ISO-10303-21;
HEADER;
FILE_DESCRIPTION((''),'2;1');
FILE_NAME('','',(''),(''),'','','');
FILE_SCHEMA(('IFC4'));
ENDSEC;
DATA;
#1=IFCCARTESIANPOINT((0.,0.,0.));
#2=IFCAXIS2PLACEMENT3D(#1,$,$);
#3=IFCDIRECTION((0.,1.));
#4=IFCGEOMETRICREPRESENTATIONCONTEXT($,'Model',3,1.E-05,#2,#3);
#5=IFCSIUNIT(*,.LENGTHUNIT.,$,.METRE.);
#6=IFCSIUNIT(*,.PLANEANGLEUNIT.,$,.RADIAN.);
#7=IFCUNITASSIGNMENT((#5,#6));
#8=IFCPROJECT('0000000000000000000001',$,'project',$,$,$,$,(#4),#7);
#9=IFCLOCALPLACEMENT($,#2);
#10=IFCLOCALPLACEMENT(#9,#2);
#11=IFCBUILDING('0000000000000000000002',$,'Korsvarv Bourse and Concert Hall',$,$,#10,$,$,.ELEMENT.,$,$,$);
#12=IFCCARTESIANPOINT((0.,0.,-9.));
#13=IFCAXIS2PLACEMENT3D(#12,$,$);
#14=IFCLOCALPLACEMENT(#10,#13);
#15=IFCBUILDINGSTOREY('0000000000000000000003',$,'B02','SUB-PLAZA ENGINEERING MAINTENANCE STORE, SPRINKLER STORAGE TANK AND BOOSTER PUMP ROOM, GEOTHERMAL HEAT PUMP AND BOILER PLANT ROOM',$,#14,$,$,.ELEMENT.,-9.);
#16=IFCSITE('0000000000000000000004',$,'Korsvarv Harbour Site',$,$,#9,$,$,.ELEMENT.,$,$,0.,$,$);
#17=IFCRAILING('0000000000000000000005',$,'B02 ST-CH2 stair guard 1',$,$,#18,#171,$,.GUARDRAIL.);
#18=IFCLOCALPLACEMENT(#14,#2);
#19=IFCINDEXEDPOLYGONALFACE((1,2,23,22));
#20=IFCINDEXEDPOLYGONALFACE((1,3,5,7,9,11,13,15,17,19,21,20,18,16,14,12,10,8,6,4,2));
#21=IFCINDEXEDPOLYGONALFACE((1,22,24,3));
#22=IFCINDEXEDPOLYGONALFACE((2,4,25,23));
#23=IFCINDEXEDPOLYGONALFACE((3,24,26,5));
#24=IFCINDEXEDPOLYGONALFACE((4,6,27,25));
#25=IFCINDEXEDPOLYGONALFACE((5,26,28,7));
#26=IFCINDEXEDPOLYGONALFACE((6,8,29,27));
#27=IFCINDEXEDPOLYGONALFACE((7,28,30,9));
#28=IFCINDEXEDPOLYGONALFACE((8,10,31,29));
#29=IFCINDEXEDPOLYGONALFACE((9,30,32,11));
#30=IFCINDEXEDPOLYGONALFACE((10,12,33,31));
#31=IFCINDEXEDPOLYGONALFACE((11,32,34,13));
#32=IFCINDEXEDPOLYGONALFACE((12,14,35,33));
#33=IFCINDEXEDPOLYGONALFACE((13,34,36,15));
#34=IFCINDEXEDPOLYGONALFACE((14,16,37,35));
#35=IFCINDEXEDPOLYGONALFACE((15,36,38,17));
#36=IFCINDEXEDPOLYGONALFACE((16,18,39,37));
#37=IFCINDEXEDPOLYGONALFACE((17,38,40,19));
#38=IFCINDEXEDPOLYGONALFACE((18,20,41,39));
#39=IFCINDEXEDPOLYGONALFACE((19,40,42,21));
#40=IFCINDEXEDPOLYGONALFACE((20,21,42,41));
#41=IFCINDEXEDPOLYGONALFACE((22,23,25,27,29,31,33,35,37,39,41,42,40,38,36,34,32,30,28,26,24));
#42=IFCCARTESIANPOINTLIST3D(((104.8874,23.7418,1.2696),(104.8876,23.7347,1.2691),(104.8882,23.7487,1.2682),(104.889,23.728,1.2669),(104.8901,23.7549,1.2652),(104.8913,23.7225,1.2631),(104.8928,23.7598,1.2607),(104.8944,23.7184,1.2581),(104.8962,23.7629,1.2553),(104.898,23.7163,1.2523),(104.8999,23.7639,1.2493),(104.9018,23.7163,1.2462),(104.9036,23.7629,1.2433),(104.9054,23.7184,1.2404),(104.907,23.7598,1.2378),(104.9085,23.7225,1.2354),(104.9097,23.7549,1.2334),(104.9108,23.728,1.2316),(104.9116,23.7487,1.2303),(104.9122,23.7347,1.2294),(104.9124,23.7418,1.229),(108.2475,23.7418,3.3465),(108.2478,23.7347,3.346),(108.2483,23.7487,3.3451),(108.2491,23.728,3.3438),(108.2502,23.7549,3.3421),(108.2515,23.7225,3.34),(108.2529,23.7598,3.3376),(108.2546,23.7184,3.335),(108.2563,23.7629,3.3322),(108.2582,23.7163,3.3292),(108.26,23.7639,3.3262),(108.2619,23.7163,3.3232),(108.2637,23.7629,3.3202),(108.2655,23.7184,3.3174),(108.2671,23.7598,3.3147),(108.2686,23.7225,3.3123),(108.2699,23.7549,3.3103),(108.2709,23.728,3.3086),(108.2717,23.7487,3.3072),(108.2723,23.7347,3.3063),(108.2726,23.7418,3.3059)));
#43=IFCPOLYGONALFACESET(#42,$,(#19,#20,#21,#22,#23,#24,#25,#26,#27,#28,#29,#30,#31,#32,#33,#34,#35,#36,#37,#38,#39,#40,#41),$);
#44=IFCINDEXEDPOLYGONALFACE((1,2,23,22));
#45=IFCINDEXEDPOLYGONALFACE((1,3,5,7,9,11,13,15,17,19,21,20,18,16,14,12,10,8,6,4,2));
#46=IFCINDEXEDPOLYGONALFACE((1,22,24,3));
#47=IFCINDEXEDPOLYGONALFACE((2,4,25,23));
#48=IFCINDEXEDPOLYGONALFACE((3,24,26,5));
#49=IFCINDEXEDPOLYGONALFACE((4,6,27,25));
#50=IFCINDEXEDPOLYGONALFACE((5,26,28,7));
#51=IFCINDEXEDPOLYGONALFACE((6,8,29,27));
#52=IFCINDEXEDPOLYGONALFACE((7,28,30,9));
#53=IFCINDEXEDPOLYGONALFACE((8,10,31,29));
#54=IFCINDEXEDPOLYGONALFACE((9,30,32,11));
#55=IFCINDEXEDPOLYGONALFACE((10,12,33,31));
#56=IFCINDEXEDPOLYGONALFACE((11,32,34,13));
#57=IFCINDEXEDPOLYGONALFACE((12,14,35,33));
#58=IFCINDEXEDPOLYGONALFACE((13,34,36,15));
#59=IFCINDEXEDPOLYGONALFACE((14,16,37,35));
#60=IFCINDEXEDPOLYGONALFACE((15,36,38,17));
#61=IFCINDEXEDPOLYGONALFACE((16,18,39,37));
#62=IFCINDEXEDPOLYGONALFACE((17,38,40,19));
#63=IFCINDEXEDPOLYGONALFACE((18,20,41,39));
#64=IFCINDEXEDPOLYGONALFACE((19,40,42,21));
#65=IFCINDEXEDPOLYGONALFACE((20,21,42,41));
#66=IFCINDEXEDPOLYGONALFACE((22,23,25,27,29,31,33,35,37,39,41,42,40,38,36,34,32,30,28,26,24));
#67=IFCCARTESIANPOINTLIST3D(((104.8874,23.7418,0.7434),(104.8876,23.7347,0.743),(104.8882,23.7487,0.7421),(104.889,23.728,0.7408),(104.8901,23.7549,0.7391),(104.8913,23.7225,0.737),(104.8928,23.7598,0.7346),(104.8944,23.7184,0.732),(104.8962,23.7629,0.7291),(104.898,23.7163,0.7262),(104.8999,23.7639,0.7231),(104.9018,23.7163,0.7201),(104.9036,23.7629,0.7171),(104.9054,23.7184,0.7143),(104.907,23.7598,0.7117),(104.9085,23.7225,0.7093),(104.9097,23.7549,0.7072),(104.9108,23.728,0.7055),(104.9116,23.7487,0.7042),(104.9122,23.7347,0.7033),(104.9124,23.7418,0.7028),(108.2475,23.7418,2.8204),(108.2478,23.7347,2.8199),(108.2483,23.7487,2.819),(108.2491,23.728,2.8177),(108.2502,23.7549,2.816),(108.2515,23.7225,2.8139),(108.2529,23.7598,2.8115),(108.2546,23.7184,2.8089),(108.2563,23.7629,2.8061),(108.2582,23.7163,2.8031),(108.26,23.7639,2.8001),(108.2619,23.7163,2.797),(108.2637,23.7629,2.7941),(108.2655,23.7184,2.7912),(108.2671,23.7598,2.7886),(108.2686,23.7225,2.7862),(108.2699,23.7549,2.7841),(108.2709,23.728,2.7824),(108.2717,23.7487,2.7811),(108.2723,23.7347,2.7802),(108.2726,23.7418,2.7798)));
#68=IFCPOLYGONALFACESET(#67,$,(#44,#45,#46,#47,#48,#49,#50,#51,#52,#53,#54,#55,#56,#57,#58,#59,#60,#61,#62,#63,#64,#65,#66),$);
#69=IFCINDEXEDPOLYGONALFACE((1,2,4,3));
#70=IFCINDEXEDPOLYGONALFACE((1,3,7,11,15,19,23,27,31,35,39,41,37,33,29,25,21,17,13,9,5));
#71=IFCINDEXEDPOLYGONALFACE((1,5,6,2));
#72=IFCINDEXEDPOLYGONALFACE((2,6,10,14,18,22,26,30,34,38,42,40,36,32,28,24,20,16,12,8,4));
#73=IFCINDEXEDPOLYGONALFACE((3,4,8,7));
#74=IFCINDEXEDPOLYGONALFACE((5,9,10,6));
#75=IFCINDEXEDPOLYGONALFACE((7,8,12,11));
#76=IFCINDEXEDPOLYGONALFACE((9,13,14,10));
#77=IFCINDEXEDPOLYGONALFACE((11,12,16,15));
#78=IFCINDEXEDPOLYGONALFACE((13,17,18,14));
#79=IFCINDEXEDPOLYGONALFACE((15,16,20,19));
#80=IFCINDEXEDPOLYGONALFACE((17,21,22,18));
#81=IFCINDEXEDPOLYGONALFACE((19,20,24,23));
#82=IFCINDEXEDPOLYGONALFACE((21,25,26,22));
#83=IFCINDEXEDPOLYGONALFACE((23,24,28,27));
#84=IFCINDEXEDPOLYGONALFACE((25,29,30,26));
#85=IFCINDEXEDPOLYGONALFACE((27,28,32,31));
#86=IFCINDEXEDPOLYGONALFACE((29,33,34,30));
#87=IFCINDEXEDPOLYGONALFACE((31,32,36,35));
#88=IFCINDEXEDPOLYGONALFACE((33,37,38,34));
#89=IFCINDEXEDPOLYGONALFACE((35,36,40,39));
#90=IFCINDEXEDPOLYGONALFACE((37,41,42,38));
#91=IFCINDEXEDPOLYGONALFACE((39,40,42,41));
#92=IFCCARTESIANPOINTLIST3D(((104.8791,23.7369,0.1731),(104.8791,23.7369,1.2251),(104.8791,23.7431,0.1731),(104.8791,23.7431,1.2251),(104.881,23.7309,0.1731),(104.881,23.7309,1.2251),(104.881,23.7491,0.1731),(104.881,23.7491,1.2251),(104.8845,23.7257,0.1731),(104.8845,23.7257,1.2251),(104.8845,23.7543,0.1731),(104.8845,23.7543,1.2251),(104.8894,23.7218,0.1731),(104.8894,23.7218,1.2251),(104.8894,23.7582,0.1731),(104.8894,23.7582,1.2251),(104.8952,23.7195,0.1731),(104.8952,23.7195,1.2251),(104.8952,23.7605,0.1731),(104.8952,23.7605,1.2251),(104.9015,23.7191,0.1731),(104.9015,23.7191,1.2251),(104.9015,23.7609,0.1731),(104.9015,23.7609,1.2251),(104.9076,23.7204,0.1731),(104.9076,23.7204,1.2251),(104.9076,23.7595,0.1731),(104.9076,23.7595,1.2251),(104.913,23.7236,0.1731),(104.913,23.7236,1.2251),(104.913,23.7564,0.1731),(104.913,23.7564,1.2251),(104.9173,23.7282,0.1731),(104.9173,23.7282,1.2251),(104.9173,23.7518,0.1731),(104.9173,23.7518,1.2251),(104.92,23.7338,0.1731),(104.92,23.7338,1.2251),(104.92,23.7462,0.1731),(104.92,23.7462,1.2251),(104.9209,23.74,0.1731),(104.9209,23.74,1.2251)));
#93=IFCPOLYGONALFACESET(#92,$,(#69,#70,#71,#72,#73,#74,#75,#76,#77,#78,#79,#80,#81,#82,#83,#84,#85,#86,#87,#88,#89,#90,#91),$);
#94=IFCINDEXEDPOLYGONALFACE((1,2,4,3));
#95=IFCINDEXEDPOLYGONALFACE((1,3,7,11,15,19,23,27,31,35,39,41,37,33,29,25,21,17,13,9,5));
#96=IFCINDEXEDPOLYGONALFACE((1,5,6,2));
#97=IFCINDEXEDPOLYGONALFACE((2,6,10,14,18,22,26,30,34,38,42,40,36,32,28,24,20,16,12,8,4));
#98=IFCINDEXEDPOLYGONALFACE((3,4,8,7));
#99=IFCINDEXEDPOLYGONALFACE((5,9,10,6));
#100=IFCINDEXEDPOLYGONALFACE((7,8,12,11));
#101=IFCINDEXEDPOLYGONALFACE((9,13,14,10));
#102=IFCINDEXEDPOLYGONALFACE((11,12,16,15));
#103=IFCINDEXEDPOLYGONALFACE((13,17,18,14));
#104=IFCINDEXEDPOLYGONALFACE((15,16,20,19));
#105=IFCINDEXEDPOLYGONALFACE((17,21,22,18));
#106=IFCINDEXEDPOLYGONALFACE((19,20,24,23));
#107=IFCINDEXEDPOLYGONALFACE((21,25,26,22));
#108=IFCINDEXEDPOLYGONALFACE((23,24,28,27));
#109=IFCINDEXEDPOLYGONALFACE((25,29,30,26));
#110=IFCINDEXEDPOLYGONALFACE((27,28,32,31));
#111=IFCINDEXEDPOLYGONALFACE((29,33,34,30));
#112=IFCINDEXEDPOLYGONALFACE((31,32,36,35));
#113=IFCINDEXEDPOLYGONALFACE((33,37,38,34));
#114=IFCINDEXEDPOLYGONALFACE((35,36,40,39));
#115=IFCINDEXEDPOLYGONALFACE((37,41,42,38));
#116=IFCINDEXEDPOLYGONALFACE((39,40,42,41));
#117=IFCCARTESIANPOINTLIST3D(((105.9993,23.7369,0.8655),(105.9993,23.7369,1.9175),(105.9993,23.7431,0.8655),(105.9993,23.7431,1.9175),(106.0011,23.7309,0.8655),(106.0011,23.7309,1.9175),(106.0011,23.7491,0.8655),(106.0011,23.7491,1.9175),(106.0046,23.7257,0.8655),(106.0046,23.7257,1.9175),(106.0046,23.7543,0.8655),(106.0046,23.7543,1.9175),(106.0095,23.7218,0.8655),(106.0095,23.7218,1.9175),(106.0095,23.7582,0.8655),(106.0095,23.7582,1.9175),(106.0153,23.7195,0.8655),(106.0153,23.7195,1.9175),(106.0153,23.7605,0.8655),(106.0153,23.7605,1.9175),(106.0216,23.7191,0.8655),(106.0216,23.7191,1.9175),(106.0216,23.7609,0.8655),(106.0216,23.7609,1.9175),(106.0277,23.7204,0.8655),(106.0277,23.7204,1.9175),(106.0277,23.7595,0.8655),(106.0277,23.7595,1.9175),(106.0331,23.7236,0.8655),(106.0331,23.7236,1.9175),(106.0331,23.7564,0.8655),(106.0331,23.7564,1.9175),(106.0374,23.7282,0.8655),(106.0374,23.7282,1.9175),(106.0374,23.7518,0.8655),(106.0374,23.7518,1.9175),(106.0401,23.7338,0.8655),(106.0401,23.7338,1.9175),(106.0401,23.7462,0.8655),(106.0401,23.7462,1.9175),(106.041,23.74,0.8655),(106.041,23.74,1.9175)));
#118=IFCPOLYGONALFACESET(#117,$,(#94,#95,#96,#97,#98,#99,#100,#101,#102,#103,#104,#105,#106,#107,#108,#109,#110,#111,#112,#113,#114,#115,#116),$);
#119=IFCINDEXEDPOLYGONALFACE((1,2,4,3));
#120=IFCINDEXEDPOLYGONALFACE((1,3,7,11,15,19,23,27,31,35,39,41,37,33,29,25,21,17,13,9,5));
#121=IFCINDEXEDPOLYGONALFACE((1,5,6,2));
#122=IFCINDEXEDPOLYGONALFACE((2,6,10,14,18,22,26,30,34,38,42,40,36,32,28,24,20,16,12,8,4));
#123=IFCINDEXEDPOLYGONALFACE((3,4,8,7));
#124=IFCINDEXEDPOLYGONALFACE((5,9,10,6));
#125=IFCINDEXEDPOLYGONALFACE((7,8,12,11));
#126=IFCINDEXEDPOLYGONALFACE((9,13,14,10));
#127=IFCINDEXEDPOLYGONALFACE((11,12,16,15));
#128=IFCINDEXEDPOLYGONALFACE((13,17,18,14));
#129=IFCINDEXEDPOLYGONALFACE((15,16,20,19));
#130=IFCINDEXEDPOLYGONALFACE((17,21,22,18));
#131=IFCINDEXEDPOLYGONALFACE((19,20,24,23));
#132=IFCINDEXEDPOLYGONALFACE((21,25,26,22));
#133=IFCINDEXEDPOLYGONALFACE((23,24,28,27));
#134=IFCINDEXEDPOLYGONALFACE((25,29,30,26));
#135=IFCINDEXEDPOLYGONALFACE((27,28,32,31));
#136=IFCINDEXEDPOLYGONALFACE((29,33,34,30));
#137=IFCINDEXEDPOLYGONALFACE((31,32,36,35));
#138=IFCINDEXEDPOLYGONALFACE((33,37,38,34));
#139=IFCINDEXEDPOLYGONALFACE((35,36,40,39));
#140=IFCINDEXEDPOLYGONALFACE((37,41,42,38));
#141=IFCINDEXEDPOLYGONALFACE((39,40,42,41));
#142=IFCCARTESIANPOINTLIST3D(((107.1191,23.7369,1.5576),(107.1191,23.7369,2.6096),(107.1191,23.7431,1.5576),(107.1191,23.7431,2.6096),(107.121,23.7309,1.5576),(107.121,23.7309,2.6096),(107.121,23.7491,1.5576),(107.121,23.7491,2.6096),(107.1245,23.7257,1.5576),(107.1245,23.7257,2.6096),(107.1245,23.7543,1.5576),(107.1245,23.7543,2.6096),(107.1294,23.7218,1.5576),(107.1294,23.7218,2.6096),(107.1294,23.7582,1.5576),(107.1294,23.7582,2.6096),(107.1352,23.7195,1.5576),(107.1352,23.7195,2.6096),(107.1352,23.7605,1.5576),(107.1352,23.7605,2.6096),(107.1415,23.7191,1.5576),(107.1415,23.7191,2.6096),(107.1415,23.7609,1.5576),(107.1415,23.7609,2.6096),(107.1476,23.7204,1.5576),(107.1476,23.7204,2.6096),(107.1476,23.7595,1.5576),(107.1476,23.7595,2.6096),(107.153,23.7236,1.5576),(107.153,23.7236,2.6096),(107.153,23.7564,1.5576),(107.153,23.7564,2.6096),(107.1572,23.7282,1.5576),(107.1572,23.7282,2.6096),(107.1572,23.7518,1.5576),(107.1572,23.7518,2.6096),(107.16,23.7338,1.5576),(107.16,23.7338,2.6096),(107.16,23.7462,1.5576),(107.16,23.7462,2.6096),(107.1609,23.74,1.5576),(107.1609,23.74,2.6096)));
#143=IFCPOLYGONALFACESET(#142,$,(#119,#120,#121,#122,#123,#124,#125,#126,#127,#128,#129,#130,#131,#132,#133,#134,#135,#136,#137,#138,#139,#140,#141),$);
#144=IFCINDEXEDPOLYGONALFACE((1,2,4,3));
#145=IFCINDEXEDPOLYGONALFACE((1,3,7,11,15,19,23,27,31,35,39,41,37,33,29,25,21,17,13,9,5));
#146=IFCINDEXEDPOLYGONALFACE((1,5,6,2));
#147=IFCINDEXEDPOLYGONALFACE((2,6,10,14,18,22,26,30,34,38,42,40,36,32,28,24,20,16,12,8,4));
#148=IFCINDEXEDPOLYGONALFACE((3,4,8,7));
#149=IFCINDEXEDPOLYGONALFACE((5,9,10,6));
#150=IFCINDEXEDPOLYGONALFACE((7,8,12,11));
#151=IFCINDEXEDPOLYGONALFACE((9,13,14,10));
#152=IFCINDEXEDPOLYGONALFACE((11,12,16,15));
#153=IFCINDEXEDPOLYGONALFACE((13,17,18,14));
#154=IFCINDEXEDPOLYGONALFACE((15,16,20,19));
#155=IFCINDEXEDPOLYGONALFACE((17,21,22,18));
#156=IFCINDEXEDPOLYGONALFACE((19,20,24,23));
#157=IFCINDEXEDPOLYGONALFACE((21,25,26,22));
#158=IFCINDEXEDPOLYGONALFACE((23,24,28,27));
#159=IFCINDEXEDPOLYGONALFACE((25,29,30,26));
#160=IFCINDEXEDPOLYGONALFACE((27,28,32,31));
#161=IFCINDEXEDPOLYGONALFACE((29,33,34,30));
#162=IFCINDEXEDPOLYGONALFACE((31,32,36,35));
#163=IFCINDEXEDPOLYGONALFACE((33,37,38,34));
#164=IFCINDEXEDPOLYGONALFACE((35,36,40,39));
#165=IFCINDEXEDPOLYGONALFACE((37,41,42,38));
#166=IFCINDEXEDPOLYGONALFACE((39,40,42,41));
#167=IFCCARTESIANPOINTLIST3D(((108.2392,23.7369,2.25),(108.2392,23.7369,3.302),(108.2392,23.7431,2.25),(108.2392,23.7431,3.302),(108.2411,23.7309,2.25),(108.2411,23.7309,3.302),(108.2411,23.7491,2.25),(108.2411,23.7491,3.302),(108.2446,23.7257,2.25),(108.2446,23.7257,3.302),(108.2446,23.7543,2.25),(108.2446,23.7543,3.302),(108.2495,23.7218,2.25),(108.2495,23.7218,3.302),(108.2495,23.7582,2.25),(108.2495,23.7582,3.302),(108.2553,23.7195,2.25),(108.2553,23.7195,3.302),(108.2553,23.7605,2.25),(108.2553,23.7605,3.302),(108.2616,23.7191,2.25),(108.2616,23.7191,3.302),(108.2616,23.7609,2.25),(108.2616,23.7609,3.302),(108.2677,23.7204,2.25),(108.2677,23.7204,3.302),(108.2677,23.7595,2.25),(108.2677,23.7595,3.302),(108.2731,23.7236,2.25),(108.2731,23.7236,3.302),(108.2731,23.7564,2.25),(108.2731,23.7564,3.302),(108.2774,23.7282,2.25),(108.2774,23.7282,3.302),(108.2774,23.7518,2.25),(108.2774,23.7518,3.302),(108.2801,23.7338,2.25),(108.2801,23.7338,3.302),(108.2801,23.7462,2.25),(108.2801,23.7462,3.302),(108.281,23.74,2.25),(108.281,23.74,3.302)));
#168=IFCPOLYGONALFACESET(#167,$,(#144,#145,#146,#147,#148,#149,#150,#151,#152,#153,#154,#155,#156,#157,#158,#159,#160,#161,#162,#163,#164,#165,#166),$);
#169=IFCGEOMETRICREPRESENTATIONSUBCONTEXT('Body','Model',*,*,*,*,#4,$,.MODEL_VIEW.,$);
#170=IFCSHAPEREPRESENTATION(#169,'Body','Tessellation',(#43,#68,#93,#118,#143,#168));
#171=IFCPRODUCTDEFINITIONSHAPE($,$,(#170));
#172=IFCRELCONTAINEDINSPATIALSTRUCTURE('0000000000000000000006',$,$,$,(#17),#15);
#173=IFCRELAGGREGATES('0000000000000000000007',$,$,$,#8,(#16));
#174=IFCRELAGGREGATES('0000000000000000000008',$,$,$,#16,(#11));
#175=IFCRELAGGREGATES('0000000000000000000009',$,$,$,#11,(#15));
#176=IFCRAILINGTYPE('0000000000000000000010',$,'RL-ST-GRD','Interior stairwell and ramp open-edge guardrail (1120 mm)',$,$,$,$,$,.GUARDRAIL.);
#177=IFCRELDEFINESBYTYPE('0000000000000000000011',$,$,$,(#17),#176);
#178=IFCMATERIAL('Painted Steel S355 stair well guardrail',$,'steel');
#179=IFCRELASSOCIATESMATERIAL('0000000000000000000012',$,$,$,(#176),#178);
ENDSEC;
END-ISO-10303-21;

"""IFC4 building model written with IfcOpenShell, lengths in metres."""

from ifc_helpers import new_model, si_unit, direction, frame, origin, origin_2d, place, context, subcontext, project, spatial, circle, extrude, material, type_object, element, save


model = new_model("IFC4")

# Units and contexts
model_context = context("Model", 3, precision=1e-05, world=origin(), true_north=direction((0.0, 1.0)))
body_context = subcontext(model_context, "Body", "Model", "MODEL_VIEW")
ifc_project = project(units=[si_unit("LENGTHUNIT", "METRE"), si_unit("PLANEANGLEUNIT", "RADIAN")], contexts=[model_context])

# Site, building, storey
site_placement = place(None, origin())
site = spatial("IfcSite", under=ifc_project, at=site_placement, Name="Korsvarv Harbour Site", CompositionType="ELEMENT", RefElevation=0.0)
building_placement = place(site_placement, origin())
building = spatial("IfcBuilding", under=site, at=building_placement, Name="Korsvarv Bourse and Concert Hall", CompositionType="ELEMENT")
storey_placement = place(building_placement, frame((0.0, 0.0, -9.0)))
storey = spatial("IfcBuildingStorey", under=building, at=storey_placement, Name="B02", Description="SUB-PLAZA ENGINEERING MAINTENANCE STORE, SPRINKLER STORAGE TANK AND BOOSTER PUMP ROOM, GEOTHERMAL HEAT PUMP AND BOILER PLANT ROOM", CompositionType="ELEMENT", Elevation=-9.0)

# Railing
ifc_material_1 = material(Name="Painted Steel S355 stair well guardrail", Category="steel")
railing_type_1 = type_object("IfcRailingType", Name="RL-ST-GRD", Description="Interior stairwell and ramp open-edge guardrail (1120 mm)", PredefinedType="GUARDRAIL", material=ifc_material_1)
railing_1_placement = place(storey_placement, frame((104.8999, 23.74, 0.1731)))
element("IfcRailing", 1, at=railing_1_placement, inside=storey, type_object=railing_type_1, Name="B02 ST-CH2 stair guard 1", PredefinedType="GUARDRAIL", context=body_context, shape_type="SweptSolid", body=[
    extrude(circle(Radius=0.0239, at=origin_2d()), frame((0.0, 0.0, 1.0762), z_axis=(0.850623, 0.0, 0.525776), x_axis=(0.0, 1.0, 0.0)), (0.0, 0.0, 1.0), 3.9502),
    extrude(circle(Radius=0.0239, at=origin_2d()), frame((0.0, 0.0, 0.55), z_axis=(0.850623, 0.0, 0.525776), x_axis=(0.0, 1.0, 0.0)), (0.0, 0.0, 1.0), 3.9502),
    extrude(circle(Radius=0.021, at=origin_2d()), origin(), (0.0, 0.0, 1.0), 1.052),
    extrude(circle(Radius=0.021, at=origin_2d()), frame((1.1201, 0.0, 0.6924)), (0.0, 0.0, 1.0), 1.052),
    extrude(circle(Radius=0.021, at=origin_2d()), frame((2.24, 0.0, 1.3845)), (0.0, 0.0, 1.0), 1.052),
    extrude(circle(Radius=0.021, at=origin_2d()), frame((3.3601, 0.0, 2.0769)), (0.0, 0.0, 1.0), 1.052),
])

save(model, "model.ifc")
